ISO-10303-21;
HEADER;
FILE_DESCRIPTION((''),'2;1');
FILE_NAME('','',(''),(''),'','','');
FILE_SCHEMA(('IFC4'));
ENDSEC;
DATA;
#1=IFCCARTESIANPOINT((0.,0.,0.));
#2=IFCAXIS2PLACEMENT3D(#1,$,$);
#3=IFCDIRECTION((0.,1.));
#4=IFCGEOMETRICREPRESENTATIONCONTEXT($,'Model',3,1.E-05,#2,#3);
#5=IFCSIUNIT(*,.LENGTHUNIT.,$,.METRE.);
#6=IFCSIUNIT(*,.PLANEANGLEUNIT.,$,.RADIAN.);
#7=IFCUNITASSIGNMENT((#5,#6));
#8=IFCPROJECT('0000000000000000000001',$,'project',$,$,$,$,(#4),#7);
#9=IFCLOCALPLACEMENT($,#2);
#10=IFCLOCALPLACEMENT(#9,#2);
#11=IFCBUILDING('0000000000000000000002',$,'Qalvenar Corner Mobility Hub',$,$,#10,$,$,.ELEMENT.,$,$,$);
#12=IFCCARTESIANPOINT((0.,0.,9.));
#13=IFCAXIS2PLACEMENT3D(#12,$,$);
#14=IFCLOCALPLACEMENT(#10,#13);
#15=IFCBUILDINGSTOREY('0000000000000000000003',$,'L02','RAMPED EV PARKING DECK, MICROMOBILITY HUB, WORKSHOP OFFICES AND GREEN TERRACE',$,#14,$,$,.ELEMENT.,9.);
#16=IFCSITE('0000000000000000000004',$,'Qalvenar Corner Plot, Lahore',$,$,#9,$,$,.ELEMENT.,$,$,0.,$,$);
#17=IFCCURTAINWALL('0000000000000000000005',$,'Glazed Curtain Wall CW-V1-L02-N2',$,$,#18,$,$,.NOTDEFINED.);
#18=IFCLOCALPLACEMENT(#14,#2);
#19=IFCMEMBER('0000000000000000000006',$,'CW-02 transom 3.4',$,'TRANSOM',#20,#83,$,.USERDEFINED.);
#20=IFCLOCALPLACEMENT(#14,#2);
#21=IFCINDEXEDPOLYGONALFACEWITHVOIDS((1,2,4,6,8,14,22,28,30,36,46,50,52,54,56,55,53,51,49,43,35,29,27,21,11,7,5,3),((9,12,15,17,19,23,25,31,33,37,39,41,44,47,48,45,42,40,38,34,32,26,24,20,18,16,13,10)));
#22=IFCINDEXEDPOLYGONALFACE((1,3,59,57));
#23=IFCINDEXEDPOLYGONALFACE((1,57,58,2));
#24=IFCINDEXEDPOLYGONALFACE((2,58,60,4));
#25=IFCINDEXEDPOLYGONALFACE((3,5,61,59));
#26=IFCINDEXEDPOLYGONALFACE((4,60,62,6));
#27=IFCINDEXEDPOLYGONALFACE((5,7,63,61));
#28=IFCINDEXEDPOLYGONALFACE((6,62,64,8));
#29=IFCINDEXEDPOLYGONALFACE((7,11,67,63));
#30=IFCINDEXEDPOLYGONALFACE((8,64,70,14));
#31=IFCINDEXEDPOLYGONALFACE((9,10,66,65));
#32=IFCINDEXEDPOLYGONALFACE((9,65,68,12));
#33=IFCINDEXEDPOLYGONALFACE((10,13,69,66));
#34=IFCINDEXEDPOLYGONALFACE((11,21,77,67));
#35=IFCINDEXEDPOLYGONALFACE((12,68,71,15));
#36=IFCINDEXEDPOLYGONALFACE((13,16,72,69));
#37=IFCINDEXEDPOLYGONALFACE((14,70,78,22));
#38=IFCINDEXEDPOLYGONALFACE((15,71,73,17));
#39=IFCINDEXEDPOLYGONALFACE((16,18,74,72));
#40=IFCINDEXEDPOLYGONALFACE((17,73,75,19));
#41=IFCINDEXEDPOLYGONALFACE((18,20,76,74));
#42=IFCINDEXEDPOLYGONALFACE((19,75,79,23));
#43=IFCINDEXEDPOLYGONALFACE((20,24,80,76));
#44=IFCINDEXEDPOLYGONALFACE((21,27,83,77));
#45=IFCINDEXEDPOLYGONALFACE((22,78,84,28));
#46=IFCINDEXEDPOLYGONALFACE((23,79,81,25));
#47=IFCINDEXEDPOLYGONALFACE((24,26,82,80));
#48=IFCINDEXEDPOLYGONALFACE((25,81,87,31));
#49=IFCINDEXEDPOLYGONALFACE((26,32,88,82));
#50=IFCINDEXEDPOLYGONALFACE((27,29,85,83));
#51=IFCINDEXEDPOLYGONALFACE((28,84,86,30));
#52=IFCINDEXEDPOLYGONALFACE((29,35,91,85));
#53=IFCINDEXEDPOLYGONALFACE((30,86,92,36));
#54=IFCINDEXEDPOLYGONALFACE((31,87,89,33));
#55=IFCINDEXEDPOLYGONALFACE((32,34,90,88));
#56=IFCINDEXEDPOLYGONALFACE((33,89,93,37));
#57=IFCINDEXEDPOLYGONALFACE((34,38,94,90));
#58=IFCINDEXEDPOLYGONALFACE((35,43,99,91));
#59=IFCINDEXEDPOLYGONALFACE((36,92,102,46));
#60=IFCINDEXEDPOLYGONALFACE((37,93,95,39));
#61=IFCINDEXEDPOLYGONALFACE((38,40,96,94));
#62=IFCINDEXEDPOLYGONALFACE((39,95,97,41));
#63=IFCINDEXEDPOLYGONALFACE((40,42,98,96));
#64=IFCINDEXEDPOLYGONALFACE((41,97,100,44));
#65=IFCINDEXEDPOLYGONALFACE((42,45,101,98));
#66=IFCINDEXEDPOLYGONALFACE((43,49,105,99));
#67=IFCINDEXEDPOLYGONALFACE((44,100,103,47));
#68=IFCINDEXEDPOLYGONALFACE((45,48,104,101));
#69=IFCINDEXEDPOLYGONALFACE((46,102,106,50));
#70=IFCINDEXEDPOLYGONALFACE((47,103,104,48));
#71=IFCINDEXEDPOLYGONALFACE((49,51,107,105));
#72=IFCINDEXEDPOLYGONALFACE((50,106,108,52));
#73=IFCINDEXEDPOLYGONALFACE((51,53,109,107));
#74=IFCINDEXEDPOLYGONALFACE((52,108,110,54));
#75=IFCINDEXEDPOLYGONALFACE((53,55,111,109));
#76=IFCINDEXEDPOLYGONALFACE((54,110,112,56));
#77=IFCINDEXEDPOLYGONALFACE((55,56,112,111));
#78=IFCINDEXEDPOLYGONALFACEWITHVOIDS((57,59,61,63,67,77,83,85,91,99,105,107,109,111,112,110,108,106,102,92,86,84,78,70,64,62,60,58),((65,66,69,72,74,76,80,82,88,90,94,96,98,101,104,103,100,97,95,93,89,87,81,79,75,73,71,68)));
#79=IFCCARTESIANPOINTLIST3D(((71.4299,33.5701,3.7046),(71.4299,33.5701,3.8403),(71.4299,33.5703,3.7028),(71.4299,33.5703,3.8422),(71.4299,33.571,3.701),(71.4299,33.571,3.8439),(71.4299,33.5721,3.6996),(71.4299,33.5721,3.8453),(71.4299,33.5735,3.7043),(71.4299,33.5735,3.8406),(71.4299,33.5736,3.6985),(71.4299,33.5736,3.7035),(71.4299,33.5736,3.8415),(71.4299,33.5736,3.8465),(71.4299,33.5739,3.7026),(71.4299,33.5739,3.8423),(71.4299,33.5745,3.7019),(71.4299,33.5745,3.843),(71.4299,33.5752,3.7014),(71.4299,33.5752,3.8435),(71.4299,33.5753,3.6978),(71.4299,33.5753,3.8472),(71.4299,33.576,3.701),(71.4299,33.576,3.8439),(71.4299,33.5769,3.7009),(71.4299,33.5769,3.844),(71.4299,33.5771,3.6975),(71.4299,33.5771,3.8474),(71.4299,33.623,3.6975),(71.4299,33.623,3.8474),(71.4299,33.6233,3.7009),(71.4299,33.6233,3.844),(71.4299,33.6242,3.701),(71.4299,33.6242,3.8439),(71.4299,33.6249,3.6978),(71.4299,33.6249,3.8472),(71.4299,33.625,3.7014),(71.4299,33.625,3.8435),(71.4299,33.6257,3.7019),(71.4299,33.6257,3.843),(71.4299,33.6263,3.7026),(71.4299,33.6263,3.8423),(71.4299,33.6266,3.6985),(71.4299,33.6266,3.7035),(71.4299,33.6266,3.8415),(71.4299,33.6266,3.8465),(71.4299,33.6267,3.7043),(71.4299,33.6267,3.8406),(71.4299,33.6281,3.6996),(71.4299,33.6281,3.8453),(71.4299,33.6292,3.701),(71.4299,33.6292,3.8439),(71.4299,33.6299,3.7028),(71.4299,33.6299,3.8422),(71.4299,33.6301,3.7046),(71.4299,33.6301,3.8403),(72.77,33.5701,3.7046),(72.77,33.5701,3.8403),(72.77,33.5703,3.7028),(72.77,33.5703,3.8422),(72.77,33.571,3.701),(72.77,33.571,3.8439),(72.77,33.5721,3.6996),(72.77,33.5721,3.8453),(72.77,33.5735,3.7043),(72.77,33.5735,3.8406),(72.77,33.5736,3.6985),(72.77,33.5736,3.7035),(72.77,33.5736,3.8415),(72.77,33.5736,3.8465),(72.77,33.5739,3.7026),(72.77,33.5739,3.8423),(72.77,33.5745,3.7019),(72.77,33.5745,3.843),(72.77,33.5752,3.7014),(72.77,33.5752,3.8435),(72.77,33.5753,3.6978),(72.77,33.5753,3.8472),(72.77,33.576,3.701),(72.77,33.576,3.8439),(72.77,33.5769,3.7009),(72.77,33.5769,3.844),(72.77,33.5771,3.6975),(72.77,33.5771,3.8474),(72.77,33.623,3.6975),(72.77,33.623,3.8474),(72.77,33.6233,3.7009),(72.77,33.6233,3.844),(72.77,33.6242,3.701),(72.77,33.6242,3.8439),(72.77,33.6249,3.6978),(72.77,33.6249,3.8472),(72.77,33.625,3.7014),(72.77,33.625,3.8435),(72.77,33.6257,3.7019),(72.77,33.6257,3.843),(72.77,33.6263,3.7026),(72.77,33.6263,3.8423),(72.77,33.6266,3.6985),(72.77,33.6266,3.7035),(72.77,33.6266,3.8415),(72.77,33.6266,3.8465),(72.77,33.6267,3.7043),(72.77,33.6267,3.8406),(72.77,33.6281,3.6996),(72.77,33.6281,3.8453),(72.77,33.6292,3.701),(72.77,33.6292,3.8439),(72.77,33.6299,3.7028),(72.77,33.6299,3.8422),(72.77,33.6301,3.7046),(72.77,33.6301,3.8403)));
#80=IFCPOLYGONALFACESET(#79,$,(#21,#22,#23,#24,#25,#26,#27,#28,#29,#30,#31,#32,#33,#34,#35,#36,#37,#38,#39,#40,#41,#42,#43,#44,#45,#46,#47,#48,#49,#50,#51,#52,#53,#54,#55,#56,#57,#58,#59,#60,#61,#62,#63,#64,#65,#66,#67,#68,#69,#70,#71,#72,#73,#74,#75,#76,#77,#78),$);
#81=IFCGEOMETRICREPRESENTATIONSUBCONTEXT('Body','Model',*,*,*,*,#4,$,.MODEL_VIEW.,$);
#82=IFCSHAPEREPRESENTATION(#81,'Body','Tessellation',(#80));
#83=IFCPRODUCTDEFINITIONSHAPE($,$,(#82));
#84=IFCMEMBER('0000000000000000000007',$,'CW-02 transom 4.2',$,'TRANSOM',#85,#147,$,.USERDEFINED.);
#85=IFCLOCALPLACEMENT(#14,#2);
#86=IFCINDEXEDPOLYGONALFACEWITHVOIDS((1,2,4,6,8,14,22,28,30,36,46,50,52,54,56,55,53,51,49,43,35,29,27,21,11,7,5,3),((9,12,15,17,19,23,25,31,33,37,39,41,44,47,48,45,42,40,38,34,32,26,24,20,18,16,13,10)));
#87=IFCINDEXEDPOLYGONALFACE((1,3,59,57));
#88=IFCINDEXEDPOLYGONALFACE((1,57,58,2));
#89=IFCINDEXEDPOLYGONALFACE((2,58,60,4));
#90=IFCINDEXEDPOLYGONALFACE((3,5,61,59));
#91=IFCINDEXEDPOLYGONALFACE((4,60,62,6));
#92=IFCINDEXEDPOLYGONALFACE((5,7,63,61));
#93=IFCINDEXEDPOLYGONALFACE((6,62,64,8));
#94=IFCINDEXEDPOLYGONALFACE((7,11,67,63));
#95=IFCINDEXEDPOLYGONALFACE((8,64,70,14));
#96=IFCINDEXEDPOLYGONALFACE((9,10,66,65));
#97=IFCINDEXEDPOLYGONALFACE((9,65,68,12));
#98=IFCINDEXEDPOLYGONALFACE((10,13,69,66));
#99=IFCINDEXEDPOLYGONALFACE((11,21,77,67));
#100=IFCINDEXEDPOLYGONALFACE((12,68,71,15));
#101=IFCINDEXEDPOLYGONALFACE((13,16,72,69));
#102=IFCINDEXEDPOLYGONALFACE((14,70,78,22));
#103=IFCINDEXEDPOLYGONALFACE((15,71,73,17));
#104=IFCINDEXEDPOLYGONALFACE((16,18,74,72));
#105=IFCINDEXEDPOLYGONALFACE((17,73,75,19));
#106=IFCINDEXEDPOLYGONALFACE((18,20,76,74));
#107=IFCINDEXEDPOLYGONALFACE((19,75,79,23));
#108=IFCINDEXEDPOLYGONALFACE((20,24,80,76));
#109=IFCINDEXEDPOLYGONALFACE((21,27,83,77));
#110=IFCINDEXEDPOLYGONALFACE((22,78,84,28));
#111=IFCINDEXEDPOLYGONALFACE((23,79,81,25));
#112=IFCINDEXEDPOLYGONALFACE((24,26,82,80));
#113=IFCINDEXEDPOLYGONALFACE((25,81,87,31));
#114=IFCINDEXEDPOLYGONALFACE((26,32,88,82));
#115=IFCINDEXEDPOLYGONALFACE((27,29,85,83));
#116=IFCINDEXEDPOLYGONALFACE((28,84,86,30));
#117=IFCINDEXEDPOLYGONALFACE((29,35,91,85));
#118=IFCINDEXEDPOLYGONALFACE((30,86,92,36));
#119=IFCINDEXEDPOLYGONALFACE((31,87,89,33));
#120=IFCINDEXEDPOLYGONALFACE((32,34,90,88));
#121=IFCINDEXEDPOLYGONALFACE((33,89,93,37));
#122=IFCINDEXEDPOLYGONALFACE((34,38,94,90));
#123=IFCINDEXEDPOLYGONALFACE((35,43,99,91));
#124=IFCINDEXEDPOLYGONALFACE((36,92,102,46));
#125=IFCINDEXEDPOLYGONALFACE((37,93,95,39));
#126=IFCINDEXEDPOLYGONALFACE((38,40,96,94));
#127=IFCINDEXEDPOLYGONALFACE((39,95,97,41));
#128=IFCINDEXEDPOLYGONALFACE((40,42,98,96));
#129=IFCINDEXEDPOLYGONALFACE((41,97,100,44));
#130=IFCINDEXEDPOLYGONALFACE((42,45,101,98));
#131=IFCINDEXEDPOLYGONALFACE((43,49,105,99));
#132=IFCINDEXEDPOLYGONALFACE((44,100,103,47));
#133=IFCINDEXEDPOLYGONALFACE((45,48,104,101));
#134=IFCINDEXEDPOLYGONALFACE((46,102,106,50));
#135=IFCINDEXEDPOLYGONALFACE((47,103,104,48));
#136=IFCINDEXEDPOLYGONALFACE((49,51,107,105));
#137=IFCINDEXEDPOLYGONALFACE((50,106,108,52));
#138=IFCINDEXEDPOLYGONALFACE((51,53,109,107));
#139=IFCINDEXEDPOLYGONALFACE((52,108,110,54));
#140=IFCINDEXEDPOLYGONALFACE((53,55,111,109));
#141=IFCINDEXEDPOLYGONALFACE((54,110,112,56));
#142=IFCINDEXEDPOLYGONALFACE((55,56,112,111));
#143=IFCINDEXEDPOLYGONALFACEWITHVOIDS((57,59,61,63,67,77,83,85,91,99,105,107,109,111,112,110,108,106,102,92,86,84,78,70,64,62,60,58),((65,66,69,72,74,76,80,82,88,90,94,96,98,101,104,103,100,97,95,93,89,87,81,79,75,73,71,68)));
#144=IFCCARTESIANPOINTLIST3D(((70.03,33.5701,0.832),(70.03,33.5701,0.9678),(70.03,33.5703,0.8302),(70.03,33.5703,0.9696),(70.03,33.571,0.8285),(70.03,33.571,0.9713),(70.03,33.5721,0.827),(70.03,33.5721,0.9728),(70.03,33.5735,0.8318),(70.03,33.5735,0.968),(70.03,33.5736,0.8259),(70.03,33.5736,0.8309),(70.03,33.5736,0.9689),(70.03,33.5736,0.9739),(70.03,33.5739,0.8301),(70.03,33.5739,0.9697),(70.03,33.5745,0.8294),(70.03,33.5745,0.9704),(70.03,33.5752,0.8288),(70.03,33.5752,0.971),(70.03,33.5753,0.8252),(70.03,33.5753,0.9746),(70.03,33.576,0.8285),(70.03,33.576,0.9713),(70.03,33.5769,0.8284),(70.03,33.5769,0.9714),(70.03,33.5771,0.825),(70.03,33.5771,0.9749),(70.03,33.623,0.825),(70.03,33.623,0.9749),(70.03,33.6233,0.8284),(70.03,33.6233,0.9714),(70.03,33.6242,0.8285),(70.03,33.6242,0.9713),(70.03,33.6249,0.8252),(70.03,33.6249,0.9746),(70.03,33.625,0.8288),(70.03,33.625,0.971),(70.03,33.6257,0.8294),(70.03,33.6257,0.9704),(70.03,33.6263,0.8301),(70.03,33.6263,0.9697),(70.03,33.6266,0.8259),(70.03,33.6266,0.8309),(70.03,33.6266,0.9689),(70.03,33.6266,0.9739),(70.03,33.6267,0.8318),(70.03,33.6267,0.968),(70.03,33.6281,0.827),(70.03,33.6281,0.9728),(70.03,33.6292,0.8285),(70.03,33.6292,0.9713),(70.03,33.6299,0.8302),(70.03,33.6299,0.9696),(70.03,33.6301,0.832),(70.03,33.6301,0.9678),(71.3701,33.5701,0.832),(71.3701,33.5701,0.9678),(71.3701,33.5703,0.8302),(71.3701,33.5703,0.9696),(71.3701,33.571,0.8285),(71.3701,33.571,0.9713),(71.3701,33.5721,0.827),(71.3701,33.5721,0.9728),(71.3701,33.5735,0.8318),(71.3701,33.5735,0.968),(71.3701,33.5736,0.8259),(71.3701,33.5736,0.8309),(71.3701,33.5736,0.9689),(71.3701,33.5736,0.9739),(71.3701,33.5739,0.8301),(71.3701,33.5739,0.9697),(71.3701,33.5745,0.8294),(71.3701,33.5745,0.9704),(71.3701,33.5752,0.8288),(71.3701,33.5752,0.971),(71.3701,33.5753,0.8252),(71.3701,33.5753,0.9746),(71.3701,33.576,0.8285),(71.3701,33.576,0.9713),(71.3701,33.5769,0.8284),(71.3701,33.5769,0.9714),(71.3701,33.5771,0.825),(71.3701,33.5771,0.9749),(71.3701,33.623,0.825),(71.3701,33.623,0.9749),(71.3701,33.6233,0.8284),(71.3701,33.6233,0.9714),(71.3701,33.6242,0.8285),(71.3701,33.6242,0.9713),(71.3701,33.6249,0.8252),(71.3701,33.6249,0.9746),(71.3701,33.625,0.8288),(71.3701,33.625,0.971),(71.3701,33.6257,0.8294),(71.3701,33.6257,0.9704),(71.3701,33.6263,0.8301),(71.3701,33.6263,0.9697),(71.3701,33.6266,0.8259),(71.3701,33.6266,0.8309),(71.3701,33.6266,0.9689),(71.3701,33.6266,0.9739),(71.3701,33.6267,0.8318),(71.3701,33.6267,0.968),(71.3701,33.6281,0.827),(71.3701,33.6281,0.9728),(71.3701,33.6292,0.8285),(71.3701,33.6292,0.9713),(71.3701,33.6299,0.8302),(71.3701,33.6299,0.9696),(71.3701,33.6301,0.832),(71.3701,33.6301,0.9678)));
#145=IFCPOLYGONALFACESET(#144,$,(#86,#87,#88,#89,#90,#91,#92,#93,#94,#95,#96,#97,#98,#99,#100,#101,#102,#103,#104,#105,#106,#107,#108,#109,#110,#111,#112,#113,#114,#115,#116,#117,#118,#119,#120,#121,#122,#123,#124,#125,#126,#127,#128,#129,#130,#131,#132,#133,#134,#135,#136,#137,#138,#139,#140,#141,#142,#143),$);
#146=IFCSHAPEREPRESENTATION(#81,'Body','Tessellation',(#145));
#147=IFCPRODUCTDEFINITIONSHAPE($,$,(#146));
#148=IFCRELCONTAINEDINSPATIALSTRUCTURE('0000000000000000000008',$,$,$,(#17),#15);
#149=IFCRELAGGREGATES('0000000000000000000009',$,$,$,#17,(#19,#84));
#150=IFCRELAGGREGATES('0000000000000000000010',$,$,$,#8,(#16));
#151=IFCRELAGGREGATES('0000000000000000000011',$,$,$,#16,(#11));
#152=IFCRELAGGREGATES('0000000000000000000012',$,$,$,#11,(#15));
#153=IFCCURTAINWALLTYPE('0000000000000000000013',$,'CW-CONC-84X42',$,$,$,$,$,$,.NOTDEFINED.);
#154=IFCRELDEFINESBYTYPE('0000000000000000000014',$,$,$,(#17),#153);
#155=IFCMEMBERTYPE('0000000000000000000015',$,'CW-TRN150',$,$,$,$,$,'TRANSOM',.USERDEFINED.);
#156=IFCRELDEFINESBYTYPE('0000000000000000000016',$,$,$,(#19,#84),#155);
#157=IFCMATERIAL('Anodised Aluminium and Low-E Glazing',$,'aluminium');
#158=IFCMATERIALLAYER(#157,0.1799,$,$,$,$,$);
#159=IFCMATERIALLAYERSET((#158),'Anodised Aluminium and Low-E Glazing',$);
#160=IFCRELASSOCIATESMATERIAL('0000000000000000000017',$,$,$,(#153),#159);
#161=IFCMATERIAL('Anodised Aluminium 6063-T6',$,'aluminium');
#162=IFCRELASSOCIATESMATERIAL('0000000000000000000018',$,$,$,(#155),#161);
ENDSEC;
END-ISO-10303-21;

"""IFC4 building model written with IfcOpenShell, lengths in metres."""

from ifc_helpers import new_model, si_unit, direction, frame, origin, origin_2d, place, context, subcontext, project, spatial, hollow_rectangle, extrude, material, layer, layer_set, material_profile, profile_set, type_object, element, aggregate, save


model = new_model("IFC4")

# Units and contexts
model_context = context("Model", 3, precision=1e-05, world=origin(), true_north=direction((0.0, 1.0)))
body_context = subcontext(model_context, "Body", "Model", "MODEL_VIEW")
ifc_project = project(units=[si_unit("LENGTHUNIT", "METRE"), si_unit("PLANEANGLEUNIT", "RADIAN")], contexts=[model_context])

# Site, building, storey
site_placement = place(None, origin())
site = spatial("IfcSite", under=ifc_project, at=site_placement, Name="Qalvenar Corner Plot, Lahore", CompositionType="ELEMENT", RefElevation=0.0)
building_placement = place(site_placement, origin())
building = spatial("IfcBuilding", under=site, at=building_placement, Name="Qalvenar Corner Mobility Hub", CompositionType="ELEMENT")
storey_placement = place(building_placement, frame((0.0, 0.0, 9.0)))
storey = spatial("IfcBuildingStorey", under=building, at=storey_placement, Name="L02", Description="RAMPED EV PARKING DECK, MICROMOBILITY HUB, WORKSHOP OFFICES AND GREEN TERRACE", CompositionType="ELEMENT", Elevation=9.0)

# Curtain wall, members
ifc_material_1 = material(Name="Anodised Aluminium and Low-E Glazing", Category="aluminium")
ifc_layer_1 = layer(ifc_material_1, 0.1799)
ifc_layer_set_1 = layer_set([ifc_layer_1], Name="Anodised Aluminium and Low-E Glazing")
curtain_wall_type = type_object("IfcCurtainWallType", Name="CW-CONC-84X42", PredefinedType="NOTDEFINED", material=ifc_layer_set_1)
curtain_wall_placement = place(storey_placement, origin())
curtain_wall = element("IfcCurtainWall", 1, at=curtain_wall_placement, inside=storey, type_object=curtain_wall_type, Name="Glazed Curtain Wall CW-V1-L02-N2", PredefinedType="NOTDEFINED")
ifc_material_2 = material(Name="Anodised Aluminium 6063-T6", Category="aluminium")
ifc_material_profile_1 = material_profile(ifc_material_2, hollow_rectangle(XDim=0.0601, YDim=0.1499, WallThickness=0.0034, InnerFilletRadius=0.0034, OuterFilletRadius=0.0071, at=origin_2d()), Name="RHS150x60x3.5")
ifc_profile_set_1 = profile_set([ifc_material_profile_1], Name="Anodised Aluminium 6063-T6")
member_type_1 = type_object("IfcMemberType", Name="CW-TRN150", ElementType="TRANSOM", PredefinedType="USERDEFINED", material=ifc_profile_set_1)
member_1_placement = place(storey_placement, frame((72.77, 33.6001, 3.7725), z_axis=(-1.0, 0.0, 0.0), x_axis=(0.0, -1.0, 0.0)))
member_1 = element("IfcMember", 2, at=member_1_placement, type_object=member_type_1, Name="CW-02 transom 3.4", ObjectType="TRANSOM", PredefinedType="USERDEFINED", context=body_context, shape_type="SweptSolid", body=[
    extrude(hollow_rectangle(XDim=0.0601, YDim=0.1499, WallThickness=0.0034, InnerFilletRadius=0.0034, OuterFilletRadius=0.0071, at=origin_2d()), origin(), (0.0, 0.0, 1.0), 1.3401),
])
member_2_placement = place(storey_placement, frame((71.3701, 33.6001, 0.8999), z_axis=(-1.0, 0.0, 0.0), x_axis=(0.0, -1.0, 0.0)))
member_2 = element("IfcMember", 3, at=member_2_placement, type_object=member_type_1, Name="CW-02 transom 4.2", ObjectType="TRANSOM", PredefinedType="USERDEFINED", context=body_context, shape_type="SweptSolid", body=[
    extrude(hollow_rectangle(XDim=0.0601, YDim=0.1499, WallThickness=0.0034, InnerFilletRadius=0.0034, OuterFilletRadius=0.0071, at=origin_2d()), origin(), (0.0, 0.0, 1.0), 1.3401),
])

aggregate(curtain_wall, [member_1, member_2])

save(model, "model.ifc")
